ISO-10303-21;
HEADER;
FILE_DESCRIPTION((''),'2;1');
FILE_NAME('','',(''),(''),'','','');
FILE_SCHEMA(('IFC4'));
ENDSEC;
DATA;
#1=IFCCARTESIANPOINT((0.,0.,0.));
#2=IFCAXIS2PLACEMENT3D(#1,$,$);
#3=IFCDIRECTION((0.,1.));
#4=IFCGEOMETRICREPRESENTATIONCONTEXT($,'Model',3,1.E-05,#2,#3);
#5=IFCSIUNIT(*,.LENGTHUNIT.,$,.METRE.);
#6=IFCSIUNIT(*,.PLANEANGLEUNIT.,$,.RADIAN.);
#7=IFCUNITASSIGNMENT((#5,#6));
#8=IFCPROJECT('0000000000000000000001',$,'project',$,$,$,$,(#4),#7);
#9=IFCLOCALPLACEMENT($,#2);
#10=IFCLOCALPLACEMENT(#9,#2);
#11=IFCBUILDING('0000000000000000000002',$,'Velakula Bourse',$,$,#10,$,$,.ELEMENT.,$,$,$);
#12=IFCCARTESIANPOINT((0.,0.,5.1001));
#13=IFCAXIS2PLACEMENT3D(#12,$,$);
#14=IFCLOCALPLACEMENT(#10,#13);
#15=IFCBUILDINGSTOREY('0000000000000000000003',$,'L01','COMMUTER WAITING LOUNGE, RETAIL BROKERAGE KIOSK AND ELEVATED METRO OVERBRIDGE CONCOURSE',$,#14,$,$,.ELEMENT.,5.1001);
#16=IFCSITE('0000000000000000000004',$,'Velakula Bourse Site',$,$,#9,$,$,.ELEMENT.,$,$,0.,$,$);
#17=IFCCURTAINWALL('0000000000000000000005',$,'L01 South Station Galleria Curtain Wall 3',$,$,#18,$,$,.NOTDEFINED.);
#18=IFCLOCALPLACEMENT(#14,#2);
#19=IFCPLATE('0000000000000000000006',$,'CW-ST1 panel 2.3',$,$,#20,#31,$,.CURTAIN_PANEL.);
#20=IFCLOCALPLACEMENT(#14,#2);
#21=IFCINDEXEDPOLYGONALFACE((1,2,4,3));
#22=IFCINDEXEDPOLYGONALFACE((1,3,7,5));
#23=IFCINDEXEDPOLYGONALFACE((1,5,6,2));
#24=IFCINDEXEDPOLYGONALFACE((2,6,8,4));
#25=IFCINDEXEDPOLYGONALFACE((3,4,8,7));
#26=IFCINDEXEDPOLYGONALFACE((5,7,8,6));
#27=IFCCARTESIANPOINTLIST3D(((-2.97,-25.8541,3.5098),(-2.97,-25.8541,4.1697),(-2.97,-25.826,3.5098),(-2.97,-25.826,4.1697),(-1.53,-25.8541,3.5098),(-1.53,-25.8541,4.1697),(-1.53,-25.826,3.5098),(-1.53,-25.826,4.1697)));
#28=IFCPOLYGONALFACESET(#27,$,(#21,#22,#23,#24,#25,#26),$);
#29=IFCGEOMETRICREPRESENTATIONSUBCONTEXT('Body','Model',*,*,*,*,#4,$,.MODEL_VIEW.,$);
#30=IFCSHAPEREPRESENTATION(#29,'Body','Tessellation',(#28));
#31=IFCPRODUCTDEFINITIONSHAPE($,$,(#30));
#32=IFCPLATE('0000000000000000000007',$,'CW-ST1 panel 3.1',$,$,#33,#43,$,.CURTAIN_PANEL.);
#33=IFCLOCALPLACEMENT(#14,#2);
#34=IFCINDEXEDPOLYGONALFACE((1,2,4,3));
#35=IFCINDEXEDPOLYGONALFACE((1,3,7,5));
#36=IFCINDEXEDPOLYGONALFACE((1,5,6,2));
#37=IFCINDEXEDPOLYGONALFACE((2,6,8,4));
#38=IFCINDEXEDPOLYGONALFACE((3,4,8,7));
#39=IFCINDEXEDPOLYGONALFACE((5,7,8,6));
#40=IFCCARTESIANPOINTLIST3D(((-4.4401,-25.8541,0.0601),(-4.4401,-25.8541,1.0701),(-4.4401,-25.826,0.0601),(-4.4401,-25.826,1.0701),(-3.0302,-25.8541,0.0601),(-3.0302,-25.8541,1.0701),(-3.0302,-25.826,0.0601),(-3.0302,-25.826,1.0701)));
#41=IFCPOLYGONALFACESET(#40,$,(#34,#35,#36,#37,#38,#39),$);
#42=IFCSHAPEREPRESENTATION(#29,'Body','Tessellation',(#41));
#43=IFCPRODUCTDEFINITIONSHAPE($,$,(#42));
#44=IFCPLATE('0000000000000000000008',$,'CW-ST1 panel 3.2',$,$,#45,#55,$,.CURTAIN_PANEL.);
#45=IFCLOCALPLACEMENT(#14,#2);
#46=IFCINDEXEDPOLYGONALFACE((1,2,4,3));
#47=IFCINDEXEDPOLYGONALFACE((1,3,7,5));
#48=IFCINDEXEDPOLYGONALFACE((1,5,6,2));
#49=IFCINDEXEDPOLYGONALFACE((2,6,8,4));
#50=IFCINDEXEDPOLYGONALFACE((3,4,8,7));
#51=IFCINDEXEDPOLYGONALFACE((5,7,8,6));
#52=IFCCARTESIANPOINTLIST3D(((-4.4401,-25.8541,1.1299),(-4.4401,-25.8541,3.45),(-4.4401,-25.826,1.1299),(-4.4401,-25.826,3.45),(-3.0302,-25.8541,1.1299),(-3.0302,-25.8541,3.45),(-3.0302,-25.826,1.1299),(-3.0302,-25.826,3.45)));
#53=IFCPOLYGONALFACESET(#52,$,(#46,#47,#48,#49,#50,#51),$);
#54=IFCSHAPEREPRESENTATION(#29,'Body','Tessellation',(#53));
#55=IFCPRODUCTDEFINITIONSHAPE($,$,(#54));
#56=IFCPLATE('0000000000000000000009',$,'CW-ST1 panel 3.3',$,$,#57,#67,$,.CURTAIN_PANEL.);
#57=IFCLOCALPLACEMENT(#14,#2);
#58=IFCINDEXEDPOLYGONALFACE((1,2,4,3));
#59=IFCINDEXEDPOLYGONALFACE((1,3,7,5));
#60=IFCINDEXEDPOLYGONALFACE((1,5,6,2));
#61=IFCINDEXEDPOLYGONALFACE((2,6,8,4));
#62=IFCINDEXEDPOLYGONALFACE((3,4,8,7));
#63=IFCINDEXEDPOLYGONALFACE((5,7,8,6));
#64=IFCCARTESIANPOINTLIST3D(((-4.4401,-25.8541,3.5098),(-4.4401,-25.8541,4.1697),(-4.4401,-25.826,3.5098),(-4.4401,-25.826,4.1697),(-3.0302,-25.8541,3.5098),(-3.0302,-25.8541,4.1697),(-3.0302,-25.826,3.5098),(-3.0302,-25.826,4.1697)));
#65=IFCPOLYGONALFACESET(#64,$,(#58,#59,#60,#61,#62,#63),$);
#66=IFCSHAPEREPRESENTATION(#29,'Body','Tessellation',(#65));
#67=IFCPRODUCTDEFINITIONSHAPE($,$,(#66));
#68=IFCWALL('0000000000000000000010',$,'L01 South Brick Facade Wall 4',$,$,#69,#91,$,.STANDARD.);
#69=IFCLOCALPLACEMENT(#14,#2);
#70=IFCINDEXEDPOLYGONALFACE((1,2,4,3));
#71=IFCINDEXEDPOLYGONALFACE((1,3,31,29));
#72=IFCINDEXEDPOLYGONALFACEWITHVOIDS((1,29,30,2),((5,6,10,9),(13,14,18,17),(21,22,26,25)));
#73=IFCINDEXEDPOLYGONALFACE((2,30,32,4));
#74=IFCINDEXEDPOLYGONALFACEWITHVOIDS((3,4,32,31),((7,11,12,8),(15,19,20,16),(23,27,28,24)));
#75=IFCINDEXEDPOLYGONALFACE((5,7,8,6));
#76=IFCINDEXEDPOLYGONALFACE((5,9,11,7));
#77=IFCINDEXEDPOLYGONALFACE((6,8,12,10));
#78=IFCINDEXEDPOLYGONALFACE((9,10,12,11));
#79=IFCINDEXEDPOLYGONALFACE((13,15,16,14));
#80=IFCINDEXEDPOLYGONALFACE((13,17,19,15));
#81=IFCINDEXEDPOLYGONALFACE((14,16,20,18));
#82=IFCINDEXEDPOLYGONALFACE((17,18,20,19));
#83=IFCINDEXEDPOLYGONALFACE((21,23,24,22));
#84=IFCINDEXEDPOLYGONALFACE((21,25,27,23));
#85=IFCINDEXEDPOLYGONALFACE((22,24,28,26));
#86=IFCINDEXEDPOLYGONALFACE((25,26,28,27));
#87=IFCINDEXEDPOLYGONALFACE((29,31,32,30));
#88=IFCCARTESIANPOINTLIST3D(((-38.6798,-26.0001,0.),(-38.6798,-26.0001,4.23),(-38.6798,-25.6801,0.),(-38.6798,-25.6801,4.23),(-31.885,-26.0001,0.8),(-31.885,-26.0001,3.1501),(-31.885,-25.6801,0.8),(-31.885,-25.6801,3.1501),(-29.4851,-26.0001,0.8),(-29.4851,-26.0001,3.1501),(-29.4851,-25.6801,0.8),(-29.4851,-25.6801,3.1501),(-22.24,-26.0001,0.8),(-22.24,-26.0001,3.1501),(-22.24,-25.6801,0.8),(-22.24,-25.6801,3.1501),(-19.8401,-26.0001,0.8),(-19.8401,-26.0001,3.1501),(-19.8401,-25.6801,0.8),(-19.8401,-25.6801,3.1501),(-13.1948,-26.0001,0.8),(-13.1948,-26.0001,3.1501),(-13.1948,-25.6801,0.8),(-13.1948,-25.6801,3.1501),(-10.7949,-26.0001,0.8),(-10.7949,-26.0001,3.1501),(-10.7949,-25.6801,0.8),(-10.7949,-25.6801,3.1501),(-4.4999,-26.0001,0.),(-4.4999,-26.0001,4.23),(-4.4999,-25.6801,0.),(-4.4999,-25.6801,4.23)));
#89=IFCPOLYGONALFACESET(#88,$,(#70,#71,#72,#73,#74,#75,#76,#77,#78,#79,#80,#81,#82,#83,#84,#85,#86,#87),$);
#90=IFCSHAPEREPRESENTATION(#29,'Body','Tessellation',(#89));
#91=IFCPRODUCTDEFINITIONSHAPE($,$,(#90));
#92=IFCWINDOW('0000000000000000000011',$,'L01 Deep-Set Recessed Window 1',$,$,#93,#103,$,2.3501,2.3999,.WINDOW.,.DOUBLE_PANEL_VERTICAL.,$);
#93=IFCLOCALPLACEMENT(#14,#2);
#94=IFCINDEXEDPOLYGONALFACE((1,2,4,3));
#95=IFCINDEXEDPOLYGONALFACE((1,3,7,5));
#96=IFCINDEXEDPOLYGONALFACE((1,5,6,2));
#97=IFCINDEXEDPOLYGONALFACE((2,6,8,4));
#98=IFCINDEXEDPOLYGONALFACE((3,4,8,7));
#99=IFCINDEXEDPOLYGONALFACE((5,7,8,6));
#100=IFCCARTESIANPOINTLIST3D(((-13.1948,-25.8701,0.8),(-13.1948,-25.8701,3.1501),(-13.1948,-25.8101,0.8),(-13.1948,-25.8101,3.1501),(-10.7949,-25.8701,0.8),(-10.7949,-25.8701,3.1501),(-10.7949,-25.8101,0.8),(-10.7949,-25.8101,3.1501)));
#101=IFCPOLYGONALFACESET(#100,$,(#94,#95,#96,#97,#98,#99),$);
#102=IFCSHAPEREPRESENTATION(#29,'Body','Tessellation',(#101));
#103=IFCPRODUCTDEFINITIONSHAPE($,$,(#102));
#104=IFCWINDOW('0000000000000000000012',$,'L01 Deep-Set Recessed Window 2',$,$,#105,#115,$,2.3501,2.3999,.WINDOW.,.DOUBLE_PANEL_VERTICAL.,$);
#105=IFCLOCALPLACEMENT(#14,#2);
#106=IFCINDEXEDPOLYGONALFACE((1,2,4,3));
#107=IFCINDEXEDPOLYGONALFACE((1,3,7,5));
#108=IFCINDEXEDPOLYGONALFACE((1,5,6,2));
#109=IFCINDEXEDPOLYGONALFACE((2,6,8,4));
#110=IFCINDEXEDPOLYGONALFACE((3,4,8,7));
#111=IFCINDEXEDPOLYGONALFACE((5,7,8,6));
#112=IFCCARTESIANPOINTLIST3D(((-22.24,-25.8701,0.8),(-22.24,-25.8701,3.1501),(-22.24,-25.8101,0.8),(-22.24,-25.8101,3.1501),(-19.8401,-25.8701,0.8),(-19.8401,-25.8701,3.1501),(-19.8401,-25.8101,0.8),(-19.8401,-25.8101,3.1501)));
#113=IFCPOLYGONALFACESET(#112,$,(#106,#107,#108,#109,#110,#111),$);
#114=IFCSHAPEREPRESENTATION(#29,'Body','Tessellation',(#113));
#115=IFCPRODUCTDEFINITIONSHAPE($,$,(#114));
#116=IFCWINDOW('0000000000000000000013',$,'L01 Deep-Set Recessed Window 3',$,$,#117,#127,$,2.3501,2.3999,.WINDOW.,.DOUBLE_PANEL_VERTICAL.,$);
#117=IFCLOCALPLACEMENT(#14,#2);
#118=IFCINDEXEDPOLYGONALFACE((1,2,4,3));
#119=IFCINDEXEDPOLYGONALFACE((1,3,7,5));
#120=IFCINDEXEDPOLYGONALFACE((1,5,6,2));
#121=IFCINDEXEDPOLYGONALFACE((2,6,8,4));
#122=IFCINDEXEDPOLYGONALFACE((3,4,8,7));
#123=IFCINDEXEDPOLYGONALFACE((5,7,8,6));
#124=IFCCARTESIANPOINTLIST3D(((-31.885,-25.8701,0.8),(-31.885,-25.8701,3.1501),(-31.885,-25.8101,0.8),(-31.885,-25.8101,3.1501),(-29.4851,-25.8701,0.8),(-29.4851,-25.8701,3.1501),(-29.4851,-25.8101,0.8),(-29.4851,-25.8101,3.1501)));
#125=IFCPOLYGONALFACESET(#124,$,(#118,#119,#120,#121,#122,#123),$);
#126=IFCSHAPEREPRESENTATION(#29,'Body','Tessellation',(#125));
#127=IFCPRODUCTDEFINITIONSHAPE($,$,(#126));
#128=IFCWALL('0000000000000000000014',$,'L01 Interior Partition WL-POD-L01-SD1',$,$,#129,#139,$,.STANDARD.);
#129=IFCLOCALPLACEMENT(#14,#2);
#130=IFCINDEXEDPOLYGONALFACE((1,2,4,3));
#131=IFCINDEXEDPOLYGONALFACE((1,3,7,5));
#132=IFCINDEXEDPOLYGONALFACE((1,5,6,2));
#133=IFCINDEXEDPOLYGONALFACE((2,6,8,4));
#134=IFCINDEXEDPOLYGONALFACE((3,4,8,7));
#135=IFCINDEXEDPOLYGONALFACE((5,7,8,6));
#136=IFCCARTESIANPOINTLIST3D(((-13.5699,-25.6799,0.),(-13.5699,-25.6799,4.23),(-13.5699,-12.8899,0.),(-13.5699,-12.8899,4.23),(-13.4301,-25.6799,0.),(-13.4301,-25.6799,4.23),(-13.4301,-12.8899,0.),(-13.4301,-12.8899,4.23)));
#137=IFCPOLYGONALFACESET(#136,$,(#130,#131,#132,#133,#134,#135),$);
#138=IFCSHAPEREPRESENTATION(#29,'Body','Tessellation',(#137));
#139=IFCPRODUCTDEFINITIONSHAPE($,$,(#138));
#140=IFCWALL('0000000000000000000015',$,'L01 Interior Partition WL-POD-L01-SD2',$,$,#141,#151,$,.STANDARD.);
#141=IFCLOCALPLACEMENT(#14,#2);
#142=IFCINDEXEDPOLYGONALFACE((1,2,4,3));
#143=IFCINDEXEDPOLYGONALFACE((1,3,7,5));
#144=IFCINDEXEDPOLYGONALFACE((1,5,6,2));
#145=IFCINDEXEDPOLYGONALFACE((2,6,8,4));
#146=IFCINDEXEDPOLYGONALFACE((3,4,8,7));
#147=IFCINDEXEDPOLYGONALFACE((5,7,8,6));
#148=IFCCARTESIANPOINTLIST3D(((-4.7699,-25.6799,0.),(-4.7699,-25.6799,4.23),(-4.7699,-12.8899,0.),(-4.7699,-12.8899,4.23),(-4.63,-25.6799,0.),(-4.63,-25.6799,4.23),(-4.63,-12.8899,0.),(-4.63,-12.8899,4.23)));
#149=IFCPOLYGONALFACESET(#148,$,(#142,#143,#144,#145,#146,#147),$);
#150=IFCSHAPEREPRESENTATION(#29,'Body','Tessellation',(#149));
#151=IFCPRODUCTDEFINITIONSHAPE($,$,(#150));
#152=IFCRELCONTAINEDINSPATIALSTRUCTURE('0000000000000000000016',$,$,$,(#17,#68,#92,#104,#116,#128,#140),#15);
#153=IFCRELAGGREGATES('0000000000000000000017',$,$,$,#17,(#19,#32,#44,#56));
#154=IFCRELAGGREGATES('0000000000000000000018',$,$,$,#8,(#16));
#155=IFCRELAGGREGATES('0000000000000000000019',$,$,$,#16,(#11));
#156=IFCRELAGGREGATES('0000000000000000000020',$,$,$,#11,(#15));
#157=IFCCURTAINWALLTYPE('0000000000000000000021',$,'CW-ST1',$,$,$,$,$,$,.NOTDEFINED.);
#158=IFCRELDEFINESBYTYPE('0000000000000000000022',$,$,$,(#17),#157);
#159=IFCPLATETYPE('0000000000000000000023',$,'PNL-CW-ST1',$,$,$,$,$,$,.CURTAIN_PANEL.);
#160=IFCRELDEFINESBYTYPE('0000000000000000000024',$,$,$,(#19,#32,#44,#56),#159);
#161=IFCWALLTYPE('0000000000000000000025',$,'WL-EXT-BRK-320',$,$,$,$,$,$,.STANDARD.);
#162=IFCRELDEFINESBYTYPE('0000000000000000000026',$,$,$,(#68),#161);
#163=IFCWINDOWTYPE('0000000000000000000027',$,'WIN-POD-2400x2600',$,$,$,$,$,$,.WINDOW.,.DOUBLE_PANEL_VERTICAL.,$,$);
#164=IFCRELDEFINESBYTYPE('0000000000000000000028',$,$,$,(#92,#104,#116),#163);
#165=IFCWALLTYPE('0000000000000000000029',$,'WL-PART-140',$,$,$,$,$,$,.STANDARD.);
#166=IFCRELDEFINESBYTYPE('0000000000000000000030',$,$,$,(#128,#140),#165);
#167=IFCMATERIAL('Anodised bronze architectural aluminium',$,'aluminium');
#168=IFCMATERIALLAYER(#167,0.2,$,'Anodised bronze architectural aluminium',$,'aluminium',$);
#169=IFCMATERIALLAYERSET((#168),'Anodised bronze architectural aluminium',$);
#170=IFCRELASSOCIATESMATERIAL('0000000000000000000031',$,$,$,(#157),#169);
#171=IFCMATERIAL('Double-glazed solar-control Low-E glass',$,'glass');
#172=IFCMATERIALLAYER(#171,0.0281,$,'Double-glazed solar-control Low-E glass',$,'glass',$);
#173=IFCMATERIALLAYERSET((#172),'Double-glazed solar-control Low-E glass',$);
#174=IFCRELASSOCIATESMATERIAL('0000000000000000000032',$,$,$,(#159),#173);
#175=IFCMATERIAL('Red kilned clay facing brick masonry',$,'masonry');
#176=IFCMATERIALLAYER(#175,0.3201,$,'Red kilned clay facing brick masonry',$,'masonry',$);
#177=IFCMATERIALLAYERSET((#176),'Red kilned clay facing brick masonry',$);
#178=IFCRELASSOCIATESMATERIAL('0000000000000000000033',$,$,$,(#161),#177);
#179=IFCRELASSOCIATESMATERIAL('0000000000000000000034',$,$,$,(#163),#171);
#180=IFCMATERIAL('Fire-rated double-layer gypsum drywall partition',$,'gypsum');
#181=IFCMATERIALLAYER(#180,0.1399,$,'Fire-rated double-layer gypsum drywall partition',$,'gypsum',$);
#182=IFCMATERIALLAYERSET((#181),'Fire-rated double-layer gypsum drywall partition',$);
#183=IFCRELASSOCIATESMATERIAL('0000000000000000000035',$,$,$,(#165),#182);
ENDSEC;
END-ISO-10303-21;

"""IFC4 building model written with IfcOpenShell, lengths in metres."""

from ifc_helpers import new_model, si_unit, direction, frame, frame_2d, origin, origin_2d, place, context, subcontext, project, spatial, rectangle, extrude, material, layer, layer_set, type_object, element, fill, aggregate, save


model = new_model("IFC4")

# Units and contexts
model_context = context("Model", 3, precision=1e-05, world=origin(), true_north=direction((0.0, 1.0)))
body_context = subcontext(model_context, "Body", "Model", "MODEL_VIEW")
ifc_project = project(units=[si_unit("LENGTHUNIT", "METRE"), si_unit("PLANEANGLEUNIT", "RADIAN")], contexts=[model_context])

# Site, building, storey
site_placement = place(None, origin())
site = spatial("IfcSite", under=ifc_project, at=site_placement, Name="Velakula Bourse Site", CompositionType="ELEMENT", RefElevation=0.0)
building_placement = place(site_placement, origin())
building = spatial("IfcBuilding", under=site, at=building_placement, Name="Velakula Bourse", CompositionType="ELEMENT")
storey_placement = place(building_placement, frame((0.0, 0.0, 5.1001)))
storey = spatial("IfcBuildingStorey", under=building, at=storey_placement, Name="L01", Description="COMMUTER WAITING LOUNGE, RETAIL BROKERAGE KIOSK AND ELEVATED METRO OVERBRIDGE CONCOURSE", CompositionType="ELEMENT", Elevation=5.1001)

# Curtain wall, plates
ifc_material_1 = material(Name="Anodised bronze architectural aluminium", Category="aluminium")
ifc_layer_1 = layer(ifc_material_1, 0.2, Name="Anodised bronze architectural aluminium", Category="aluminium")
ifc_layer_set_1 = layer_set([ifc_layer_1], Name="Anodised bronze architectural aluminium")
curtain_wall_type = type_object("IfcCurtainWallType", Name="CW-ST1", PredefinedType="NOTDEFINED", material=ifc_layer_set_1)
curtain_wall_placement = place(storey_placement, origin())
curtain_wall = element("IfcCurtainWall", 1, at=curtain_wall_placement, inside=storey, type_object=curtain_wall_type, Name="L01 South Station Galleria Curtain Wall 3", PredefinedType="NOTDEFINED")
ifc_material_2 = material(Name="Double-glazed solar-control Low-E glass", Category="glass")
ifc_layer_2 = layer(ifc_material_2, 0.0281, Name="Double-glazed solar-control Low-E glass", Category="glass")
ifc_layer_set_2 = layer_set([ifc_layer_2], Name="Double-glazed solar-control Low-E glass")
plate_type = type_object("IfcPlateType", Name="PNL-CW-ST1", PredefinedType="CURTAIN_PANEL", material=ifc_layer_set_2)
plate_1_placement = place(storey_placement, frame((-2.25, -25.8401, 3.5098), z_axis=(0.0, 0.0, 1.0), x_axis=(-1.0, 0.0, 0.0)))
plate_1 = element("IfcPlate", 2, at=plate_1_placement, type_object=plate_type, Name="CW-ST1 panel 2.3", PredefinedType="CURTAIN_PANEL", context=body_context, shape_type="SweptSolid", body=[
    extrude(rectangle(XDim=1.4399, YDim=0.0281, at=origin_2d()), origin(), (0.0, 0.0, 1.0), 0.6599),
])
plate_2_placement = place(storey_placement, frame((-3.7351, -25.8401, 0.0601), z_axis=(0.0, 0.0, 1.0), x_axis=(-1.0, 0.0, 0.0)))
plate_2 = element("IfcPlate", 3, at=plate_2_placement, type_object=plate_type, Name="CW-ST1 panel 3.1", PredefinedType="CURTAIN_PANEL", context=body_context, shape_type="SweptSolid", body=[
    extrude(rectangle(XDim=1.4099, YDim=0.0281, at=origin_2d()), origin(), (0.0, 0.0, 1.0), 1.01),
])
plate_3_placement = place(storey_placement, frame((-3.7351, -25.8401, 1.1299), z_axis=(0.0, 0.0, 1.0), x_axis=(-1.0, 0.0, 0.0)))
plate_3 = element("IfcPlate", 4, at=plate_3_placement, type_object=plate_type, Name="CW-ST1 panel 3.2", PredefinedType="CURTAIN_PANEL", context=body_context, shape_type="SweptSolid", body=[
    extrude(rectangle(XDim=1.4099, YDim=0.0281, at=origin_2d()), origin(), (0.0, 0.0, 1.0), 2.3201),
])
plate_4_placement = place(storey_placement, frame((-3.7351, -25.8401, 3.5098), z_axis=(0.0, 0.0, 1.0), x_axis=(-1.0, 0.0, 0.0)))
plate_4 = element("IfcPlate", 5, at=plate_4_placement, type_object=plate_type, Name="CW-ST1 panel 3.3", PredefinedType="CURTAIN_PANEL", context=body_context, shape_type="SweptSolid", body=[
    extrude(rectangle(XDim=1.4099, YDim=0.0281, at=origin_2d()), origin(), (0.0, 0.0, 1.0), 0.6599),
])
aggregate(curtain_wall, [plate_1, plate_2, plate_3, plate_4])

# Wall, openings, windows
ifc_material_3 = material(Name="Red kilned clay facing brick masonry", Category="masonry")
ifc_layer_3 = layer(ifc_material_3, 0.3201, Name="Red kilned clay facing brick masonry", Category="masonry")
ifc_layer_set_3 = layer_set([ifc_layer_3], Name="Red kilned clay facing brick masonry")
wall_type_1 = type_object("IfcWallType", Name="WL-EXT-BRK-320", PredefinedType="STANDARD", material=ifc_layer_set_3)
wall_placement = place(storey_placement, frame((-4.5, -25.8401, 0.0), z_axis=(0.0, 0.0, 1.0), x_axis=(-1.0, 0.0, 0.0)))
wall = element("IfcWall", 6, at=wall_placement, inside=storey, type_object=wall_type_1, Name="L01 South Brick Facade Wall 4", PredefinedType="STANDARD", context=body_context, shape_type="SweptSolid", body=[
    extrude(rectangle(XDim=34.1799, YDim=0.3201, at=frame_2d((17.0898, 0.0))), origin(), (0.0, 0.0, 1.0), 4.23),
])
opening_1_placement = place(wall_placement, frame((6.2949, 0.0, 0.8)))
opening_1 = element("IfcOpeningElement", 7, at=opening_1_placement, cuts=wall, PredefinedType="OPENING", context=body_context, shape_type="SweptSolid", body=[
    extrude(rectangle(XDim=2.3999, YDim=2.3501, at=frame_2d((1.2, 1.175))), frame((0.0, 0.1699, 0.0), z_axis=(0.0, -1.0, 0.0), x_axis=(1.0, 0.0, 0.0)), (0.0, 0.0, 1.0), 0.3401),
])
opening_2_placement = place(wall_placement, frame((15.3401, 0.0, 0.8)))
opening_2 = element("IfcOpeningElement", 8, at=opening_2_placement, cuts=wall, PredefinedType="OPENING", context=body_context, shape_type="SweptSolid", body=[
    extrude(rectangle(XDim=2.3999, YDim=2.3501, at=frame_2d((1.2, 1.175))), frame((0.0, 0.1699, 0.0), z_axis=(0.0, -1.0, 0.0), x_axis=(1.0, 0.0, 0.0)), (0.0, 0.0, 1.0), 0.3401),
])
opening_3_placement = place(wall_placement, frame((24.9851, 0.0, 0.8)))
opening_3 = element("IfcOpeningElement", 9, at=opening_3_placement, cuts=wall, PredefinedType="OPENING", context=body_context, shape_type="SweptSolid", body=[
    extrude(rectangle(XDim=2.3999, YDim=2.3501, at=frame_2d((1.2, 1.175))), frame((0.0, 0.1699, 0.0), z_axis=(0.0, -1.0, 0.0), x_axis=(1.0, 0.0, 0.0)), (0.0, 0.0, 1.0), 0.3401),
])
window_type = type_object("IfcWindowType", Name="WIN-POD-2400x2600", PartitioningType="DOUBLE_PANEL_VERTICAL", PredefinedType="WINDOW", material=ifc_material_2)
window_1_placement = place(opening_1_placement, origin())
window_1 = element("IfcWindow", 10, at=window_1_placement, inside=storey, type_object=window_type, Name="L01 Deep-Set Recessed Window 1", OverallHeight=2.3501, OverallWidth=2.3999, PartitioningType="DOUBLE_PANEL_VERTICAL", PredefinedType="WINDOW", context=body_context, shape_type="SweptSolid", body=[
    extrude(rectangle(XDim=2.3999, YDim=2.3501, at=frame_2d((1.2, 1.175))), frame((0.0, 0.03, 0.0), z_axis=(0.0, -1.0, 0.0), x_axis=(1.0, 0.0, 0.0)), (0.0, 0.0, 1.0), 0.0601),
])
fill(opening_1, window_1)
window_2_placement = place(opening_2_placement, origin())
window_2 = element("IfcWindow", 11, at=window_2_placement, inside=storey, type_object=window_type, Name="L01 Deep-Set Recessed Window 2", OverallHeight=2.3501, OverallWidth=2.3999, PartitioningType="DOUBLE_PANEL_VERTICAL", PredefinedType="WINDOW", context=body_context, shape_type="SweptSolid", body=[
    extrude(rectangle(XDim=2.3999, YDim=2.3501, at=frame_2d((1.2, 1.175))), frame((0.0, 0.03, 0.0), z_axis=(0.0, -1.0, 0.0), x_axis=(1.0, 0.0, 0.0)), (0.0, 0.0, 1.0), 0.0601),
])
fill(opening_2, window_2)
window_3_placement = place(opening_3_placement, origin())
window_3 = element("IfcWindow", 12, at=window_3_placement, inside=storey, type_object=window_type, Name="L01 Deep-Set Recessed Window 3", OverallHeight=2.3501, OverallWidth=2.3999, PartitioningType="DOUBLE_PANEL_VERTICAL", PredefinedType="WINDOW", context=body_context, shape_type="SweptSolid", body=[
    extrude(rectangle(XDim=2.3999, YDim=2.3501, at=frame_2d((1.2, 1.175))), frame((0.0, 0.03, 0.0), z_axis=(0.0, -1.0, 0.0), x_axis=(1.0, 0.0, 0.0)), (0.0, 0.0, 1.0), 0.0601),
])
fill(opening_3, window_3)

# Walls
ifc_material_4 = material(Name="Fire-rated double-layer gypsum drywall partition", Category="gypsum")
ifc_layer_4 = layer(ifc_material_4, 0.1399, Name="Fire-rated double-layer gypsum drywall partition", Category="gypsum")
ifc_layer_set_4 = layer_set([ifc_layer_4], Name="Fire-rated double-layer gypsum drywall partition")
wall_type_2 = type_object("IfcWallType", Name="WL-PART-140", PredefinedType="STANDARD", material=ifc_layer_set_4)
for number, where, z_axis, x_axis, name in (
    (13, (-13.5, -25.6799, 0.0), (0.0, 0.0, 1.0), (0.0, 1.0, 0.0), "L01 Interior Partition WL-POD-L01-SD1"),
    (14, (-4.7, -25.6799, 0.0), (0.0, 0.0, 1.0), (0.0, 1.0, 0.0), "L01 Interior Partition WL-POD-L01-SD2"),
):
    element("IfcWall", number, at=place(storey_placement, frame(where, z_axis=z_axis, x_axis=x_axis)), inside=storey, type_object=wall_type_2, Name=name, PredefinedType="STANDARD", context=body_context, shape_type="SweptSolid", body=[
        extrude(rectangle(XDim=12.79, YDim=0.1399, at=frame_2d((6.395, 0.0))), origin(), (0.0, 0.0, 1.0), 4.23),
    ])

save(model, "model.ifc")
